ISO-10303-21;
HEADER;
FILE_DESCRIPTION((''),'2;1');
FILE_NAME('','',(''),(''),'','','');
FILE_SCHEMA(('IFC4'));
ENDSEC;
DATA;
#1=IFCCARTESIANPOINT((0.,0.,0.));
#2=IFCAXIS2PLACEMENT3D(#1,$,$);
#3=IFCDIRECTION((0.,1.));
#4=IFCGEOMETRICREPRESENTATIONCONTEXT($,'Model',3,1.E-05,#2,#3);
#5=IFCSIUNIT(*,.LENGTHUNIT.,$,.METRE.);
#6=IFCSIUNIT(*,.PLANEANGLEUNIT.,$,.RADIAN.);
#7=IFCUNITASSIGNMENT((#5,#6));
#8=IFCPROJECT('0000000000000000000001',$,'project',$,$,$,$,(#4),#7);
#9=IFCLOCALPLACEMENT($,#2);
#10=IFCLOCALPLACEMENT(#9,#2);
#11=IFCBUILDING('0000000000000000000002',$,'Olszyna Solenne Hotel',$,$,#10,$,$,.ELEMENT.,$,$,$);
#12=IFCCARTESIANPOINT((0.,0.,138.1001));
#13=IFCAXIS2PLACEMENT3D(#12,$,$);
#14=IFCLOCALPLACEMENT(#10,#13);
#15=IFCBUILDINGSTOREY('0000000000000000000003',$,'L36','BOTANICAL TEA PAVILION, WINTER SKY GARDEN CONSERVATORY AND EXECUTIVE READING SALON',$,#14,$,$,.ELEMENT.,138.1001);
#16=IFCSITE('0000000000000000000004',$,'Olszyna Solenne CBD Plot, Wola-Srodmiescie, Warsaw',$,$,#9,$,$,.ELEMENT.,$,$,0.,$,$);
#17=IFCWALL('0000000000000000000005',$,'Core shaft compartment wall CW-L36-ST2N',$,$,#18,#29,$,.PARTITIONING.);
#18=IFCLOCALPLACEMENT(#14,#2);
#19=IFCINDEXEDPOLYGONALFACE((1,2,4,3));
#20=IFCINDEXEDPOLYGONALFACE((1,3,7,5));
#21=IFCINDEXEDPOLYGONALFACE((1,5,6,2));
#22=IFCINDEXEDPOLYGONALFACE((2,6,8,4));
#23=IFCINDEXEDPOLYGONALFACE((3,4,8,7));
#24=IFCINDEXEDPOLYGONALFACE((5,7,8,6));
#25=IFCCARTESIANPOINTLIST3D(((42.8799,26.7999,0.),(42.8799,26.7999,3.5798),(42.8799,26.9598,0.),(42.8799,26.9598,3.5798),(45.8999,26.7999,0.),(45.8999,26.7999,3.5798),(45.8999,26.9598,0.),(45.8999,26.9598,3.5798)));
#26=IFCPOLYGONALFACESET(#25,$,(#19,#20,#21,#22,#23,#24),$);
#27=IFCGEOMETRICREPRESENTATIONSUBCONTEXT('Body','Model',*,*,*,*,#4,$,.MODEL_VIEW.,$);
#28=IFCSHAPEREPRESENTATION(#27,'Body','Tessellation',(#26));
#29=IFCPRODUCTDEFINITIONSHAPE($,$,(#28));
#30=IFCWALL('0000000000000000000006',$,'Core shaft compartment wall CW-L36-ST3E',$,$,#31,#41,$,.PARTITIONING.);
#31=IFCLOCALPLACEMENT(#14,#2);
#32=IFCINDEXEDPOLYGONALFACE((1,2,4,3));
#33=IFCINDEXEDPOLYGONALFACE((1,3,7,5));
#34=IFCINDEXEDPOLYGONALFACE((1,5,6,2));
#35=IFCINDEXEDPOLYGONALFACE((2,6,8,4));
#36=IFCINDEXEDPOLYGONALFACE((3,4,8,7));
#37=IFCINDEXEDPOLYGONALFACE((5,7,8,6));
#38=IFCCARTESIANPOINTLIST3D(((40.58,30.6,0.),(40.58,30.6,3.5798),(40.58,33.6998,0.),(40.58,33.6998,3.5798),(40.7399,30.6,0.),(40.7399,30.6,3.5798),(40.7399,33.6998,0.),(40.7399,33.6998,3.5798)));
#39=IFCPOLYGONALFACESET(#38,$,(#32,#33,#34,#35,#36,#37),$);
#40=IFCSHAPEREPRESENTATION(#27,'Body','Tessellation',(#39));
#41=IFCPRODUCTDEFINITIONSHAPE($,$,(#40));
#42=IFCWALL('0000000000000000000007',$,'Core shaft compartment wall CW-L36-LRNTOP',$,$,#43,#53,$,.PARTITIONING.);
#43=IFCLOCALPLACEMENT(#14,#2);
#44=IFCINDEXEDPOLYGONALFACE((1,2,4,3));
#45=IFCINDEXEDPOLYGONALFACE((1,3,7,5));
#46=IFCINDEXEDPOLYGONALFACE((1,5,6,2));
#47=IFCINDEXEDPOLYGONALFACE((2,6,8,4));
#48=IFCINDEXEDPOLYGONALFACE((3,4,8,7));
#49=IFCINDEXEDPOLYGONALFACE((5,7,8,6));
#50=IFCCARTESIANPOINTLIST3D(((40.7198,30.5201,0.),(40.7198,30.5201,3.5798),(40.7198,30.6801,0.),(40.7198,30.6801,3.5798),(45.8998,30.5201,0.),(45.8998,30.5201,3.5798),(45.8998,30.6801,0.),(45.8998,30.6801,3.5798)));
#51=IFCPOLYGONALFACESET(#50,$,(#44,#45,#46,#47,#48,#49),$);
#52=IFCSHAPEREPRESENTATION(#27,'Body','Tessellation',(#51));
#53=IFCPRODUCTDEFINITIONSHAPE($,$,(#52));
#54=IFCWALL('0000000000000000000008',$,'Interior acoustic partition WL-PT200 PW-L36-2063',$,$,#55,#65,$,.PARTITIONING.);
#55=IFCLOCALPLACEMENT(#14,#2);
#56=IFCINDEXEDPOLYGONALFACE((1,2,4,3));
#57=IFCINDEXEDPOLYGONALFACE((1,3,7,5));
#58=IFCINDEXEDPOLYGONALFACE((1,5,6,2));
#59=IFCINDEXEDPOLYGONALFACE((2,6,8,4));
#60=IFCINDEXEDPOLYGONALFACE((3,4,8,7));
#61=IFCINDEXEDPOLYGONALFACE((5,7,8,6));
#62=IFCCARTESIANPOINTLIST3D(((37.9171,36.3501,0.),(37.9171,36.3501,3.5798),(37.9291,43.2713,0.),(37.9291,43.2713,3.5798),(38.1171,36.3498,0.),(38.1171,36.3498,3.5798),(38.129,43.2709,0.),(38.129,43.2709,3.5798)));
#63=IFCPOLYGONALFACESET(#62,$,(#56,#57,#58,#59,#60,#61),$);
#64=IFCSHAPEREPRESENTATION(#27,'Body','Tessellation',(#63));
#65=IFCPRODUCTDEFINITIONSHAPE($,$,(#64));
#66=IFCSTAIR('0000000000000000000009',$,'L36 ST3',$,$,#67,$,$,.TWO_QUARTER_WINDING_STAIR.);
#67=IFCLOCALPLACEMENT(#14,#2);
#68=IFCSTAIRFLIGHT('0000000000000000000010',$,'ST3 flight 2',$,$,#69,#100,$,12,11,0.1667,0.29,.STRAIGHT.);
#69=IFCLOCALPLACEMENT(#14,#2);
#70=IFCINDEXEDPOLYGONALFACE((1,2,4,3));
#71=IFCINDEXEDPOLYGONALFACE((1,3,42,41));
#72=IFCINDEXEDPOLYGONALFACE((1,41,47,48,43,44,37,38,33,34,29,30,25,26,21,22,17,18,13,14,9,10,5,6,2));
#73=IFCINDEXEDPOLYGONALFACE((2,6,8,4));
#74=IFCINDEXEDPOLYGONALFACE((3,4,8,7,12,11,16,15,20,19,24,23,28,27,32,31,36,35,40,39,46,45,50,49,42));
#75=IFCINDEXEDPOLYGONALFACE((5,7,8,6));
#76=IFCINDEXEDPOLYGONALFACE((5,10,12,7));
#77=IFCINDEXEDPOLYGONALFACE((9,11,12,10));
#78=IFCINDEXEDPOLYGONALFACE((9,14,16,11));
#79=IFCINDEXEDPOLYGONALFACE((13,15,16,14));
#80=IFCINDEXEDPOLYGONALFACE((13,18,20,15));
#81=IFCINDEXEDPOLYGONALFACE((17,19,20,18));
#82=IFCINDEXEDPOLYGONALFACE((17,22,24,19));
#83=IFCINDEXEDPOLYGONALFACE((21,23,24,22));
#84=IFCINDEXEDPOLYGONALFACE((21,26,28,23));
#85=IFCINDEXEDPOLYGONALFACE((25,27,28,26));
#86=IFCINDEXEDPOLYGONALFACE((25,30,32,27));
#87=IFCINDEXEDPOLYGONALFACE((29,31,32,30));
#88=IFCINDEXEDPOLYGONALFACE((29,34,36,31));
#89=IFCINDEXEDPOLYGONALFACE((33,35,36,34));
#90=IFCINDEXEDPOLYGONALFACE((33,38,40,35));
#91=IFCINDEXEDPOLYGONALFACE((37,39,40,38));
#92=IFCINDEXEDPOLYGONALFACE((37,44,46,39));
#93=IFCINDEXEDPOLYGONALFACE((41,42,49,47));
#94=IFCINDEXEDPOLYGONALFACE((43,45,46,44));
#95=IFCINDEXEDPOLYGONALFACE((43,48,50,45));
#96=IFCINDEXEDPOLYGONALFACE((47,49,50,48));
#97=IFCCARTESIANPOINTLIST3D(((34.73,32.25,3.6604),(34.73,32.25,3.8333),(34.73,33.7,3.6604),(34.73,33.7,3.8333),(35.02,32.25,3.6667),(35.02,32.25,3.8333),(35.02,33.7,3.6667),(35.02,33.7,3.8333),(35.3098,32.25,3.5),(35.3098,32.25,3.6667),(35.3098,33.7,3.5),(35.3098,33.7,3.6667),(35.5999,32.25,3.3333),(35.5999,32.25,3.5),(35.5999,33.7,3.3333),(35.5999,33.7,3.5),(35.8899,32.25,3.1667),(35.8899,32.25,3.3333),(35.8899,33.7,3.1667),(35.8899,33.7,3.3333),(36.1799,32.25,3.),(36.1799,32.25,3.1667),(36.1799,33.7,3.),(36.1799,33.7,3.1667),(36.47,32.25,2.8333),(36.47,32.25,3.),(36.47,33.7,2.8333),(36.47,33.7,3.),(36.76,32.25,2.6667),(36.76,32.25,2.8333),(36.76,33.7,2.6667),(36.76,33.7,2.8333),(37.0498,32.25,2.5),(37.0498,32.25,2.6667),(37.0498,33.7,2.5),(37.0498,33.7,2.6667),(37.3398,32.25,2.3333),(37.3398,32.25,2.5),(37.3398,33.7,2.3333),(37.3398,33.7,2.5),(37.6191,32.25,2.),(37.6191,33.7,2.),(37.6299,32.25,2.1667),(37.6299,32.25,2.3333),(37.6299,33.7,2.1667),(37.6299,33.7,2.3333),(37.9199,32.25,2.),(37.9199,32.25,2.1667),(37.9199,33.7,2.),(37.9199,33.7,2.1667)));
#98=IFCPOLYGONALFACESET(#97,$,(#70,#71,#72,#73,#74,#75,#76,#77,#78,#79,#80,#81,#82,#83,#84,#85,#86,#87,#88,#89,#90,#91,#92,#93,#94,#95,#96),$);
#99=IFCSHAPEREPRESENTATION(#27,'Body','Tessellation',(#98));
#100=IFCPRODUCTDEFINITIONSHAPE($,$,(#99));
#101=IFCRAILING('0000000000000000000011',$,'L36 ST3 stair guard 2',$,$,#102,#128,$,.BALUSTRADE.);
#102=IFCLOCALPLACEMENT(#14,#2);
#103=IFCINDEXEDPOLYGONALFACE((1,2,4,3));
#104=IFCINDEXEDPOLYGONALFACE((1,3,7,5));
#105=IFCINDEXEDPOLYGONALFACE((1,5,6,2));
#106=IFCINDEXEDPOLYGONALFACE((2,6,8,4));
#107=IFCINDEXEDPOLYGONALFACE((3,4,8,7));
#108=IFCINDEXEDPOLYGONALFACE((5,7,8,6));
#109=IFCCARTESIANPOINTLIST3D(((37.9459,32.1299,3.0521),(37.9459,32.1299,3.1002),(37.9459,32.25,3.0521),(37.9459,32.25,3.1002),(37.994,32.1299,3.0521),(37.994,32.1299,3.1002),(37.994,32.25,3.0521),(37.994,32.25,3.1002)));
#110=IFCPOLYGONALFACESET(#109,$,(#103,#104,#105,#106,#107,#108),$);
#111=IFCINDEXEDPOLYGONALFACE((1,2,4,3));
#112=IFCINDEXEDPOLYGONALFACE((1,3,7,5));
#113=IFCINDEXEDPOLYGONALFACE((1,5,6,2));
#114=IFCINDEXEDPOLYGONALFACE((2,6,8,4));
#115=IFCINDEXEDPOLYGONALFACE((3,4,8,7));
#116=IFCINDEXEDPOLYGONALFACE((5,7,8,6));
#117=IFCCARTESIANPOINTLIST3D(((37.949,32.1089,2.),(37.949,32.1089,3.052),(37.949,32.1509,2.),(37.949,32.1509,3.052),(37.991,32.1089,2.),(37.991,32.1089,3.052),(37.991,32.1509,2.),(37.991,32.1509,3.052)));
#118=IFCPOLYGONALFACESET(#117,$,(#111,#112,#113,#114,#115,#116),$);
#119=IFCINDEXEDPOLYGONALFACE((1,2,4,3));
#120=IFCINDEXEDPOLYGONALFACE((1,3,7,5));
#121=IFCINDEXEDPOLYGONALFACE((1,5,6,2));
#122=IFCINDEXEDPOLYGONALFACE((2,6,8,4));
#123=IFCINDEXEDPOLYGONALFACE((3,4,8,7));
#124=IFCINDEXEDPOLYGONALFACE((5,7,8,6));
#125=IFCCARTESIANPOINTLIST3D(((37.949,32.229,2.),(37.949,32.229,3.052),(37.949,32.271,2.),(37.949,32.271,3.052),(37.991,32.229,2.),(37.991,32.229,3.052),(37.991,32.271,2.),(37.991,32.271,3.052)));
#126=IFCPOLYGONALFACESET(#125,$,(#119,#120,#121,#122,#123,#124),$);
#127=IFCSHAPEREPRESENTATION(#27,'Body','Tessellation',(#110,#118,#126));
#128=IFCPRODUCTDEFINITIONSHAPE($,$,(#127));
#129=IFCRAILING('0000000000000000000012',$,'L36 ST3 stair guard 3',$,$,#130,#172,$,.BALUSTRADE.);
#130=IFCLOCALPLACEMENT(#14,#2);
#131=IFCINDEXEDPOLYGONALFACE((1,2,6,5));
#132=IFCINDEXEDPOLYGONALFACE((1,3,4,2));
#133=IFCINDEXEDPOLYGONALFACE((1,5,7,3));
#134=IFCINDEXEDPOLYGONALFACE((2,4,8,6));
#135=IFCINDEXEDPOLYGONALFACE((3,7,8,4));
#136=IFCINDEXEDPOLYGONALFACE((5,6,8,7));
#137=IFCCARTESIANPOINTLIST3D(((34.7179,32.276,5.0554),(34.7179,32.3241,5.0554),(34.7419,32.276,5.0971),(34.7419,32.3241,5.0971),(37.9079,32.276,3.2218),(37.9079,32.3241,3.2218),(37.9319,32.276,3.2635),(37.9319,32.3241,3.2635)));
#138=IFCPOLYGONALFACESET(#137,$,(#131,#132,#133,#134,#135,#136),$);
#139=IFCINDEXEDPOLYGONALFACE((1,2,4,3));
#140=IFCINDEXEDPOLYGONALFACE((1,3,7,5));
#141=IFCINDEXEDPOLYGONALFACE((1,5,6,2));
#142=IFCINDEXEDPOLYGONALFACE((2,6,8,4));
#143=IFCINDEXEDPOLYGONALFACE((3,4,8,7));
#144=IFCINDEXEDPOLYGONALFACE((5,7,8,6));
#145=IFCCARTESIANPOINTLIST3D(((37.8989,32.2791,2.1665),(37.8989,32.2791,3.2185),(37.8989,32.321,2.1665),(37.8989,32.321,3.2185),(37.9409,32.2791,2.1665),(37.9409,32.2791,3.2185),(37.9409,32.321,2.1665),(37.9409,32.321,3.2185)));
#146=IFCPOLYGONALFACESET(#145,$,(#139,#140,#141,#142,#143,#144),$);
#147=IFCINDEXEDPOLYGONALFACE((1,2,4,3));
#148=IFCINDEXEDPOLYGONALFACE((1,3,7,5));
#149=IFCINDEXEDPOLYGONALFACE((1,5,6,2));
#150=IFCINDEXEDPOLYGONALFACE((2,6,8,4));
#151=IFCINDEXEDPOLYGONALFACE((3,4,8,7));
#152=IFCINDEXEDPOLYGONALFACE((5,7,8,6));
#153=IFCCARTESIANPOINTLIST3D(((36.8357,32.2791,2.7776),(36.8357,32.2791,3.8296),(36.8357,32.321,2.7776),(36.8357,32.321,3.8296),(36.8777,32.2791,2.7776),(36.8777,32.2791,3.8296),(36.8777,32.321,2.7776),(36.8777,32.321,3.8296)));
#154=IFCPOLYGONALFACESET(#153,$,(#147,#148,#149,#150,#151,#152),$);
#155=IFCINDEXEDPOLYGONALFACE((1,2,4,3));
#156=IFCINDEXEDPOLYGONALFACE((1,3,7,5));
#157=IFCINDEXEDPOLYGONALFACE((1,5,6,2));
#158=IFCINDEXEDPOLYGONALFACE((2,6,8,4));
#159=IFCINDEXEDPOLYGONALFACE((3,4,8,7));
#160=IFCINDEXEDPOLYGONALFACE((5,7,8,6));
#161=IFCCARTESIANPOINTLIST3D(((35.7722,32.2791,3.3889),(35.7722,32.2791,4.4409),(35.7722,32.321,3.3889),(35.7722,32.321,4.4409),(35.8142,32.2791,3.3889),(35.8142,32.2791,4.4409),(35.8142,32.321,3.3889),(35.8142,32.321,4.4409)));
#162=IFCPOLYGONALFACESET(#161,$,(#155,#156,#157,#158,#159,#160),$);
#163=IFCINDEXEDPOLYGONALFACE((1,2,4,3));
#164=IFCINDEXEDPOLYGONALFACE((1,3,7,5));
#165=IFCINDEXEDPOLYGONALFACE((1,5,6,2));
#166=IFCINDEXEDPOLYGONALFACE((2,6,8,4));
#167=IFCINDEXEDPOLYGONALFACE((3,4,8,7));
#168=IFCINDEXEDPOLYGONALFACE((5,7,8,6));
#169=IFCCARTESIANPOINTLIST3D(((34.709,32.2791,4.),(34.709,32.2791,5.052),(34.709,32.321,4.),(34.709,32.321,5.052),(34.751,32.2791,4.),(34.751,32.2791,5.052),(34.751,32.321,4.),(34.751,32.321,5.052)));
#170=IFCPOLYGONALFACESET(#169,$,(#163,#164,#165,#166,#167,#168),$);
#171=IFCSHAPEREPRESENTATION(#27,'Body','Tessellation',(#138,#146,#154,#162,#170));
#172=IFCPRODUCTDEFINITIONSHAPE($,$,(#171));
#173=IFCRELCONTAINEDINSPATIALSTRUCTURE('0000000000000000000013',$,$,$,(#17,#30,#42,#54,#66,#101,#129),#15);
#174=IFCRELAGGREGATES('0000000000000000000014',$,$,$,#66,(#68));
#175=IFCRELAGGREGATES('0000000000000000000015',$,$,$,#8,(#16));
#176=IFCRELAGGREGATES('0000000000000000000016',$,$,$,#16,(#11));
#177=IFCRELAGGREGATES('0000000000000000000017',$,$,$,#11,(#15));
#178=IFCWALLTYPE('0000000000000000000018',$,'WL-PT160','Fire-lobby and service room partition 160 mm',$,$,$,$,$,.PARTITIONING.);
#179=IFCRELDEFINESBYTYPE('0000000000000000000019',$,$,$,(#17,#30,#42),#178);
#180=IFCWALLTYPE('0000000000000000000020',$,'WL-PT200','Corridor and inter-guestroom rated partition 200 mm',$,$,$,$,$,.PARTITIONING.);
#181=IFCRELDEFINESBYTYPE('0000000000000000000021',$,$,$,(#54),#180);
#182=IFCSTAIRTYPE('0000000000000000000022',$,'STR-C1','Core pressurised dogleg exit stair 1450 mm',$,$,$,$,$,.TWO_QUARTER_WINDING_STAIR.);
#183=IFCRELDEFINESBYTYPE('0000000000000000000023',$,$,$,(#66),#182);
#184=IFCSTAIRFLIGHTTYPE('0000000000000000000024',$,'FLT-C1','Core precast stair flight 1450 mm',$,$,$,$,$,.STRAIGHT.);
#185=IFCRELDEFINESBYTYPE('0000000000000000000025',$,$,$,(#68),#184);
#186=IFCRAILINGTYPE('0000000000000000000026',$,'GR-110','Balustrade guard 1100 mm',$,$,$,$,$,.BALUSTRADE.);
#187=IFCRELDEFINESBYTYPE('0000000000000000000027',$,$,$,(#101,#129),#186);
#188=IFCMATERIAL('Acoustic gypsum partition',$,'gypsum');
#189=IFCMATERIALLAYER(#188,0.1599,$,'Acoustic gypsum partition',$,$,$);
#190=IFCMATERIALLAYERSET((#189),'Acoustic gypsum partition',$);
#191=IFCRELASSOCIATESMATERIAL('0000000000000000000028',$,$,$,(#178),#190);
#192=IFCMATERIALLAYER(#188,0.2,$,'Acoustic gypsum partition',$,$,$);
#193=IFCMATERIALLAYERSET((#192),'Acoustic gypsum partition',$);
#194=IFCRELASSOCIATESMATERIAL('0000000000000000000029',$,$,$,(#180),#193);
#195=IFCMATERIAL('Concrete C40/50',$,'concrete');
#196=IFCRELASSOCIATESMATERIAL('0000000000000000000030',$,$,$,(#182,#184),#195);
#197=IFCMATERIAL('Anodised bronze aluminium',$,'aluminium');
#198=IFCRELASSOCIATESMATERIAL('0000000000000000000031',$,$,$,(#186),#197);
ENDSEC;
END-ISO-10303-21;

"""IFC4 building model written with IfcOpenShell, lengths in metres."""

from ifc_helpers import new_model, si_unit, direction, frame, frame_2d, origin, origin_2d, place, context, subcontext, project, spatial, polyline, rectangle, outline, extrude, material, layer, layer_set, type_object, element, aggregate, save


model = new_model("IFC4")

# Units and contexts
model_context = context("Model", 3, precision=1e-05, world=origin(), true_north=direction((0.0, 1.0)))
body_context = subcontext(model_context, "Body", "Model", "MODEL_VIEW")
ifc_project = project(units=[si_unit("LENGTHUNIT", "METRE"), si_unit("PLANEANGLEUNIT", "RADIAN")], contexts=[model_context])

# Site, building, storey
site_placement = place(None, origin())
site = spatial("IfcSite", under=ifc_project, at=site_placement, Name="Olszyna Solenne CBD Plot, Wola-Srodmiescie, Warsaw", CompositionType="ELEMENT", RefElevation=0.0)
building_placement = place(site_placement, origin())
building = spatial("IfcBuilding", under=site, at=building_placement, Name="Olszyna Solenne Hotel", CompositionType="ELEMENT")
storey_placement = place(building_placement, frame((0.0, 0.0, 138.1001)))
storey = spatial("IfcBuildingStorey", under=building, at=storey_placement, Name="L36", Description="BOTANICAL TEA PAVILION, WINTER SKY GARDEN CONSERVATORY AND EXECUTIVE READING SALON", CompositionType="ELEMENT", Elevation=138.1001)

# Shared definitions
ifc_material_1 = material(Name="Acoustic gypsum partition", Category="gypsum")

# Shared definitions
ifc_layer_1 = layer(ifc_material_1, 0.1599, Name="Acoustic gypsum partition")
ifc_layer_set_1 = layer_set([ifc_layer_1], Name="Acoustic gypsum partition")
wall_type_1 = type_object("IfcWallType", Name="WL-PT160", Description="Fire-lobby and service room partition 160 mm", PredefinedType="PARTITIONING", material=ifc_layer_set_1)

# Walls
wall_1_placement = place(storey_placement, frame((42.8799, 26.8799, 0.0), z_axis=(0.0, 0.0, 1.0), x_axis=(1.0, 0.0, 0.0)))
element("IfcWall", 1, at=wall_1_placement, inside=storey, type_object=wall_type_1, Name="Core shaft compartment wall CW-L36-ST2N", PredefinedType="PARTITIONING", context=body_context, shape_type="SweptSolid", body=[
    extrude(rectangle(XDim=3.02, YDim=0.1599, at=frame_2d((1.51, 0.0))), origin(), (0.0, 0.0, 1.0), 3.5798),
])
wall_2_placement = place(storey_placement, frame((40.6599, 30.6001, 0.0), z_axis=(0.0, 0.0, 1.0), x_axis=(0.0, 1.0, 0.0)))
element("IfcWall", 2, at=wall_2_placement, inside=storey, type_object=wall_type_1, Name="Core shaft compartment wall CW-L36-ST3E", PredefinedType="PARTITIONING", context=body_context, shape_type="SweptSolid", body=[
    extrude(rectangle(XDim=3.0999, YDim=0.1599, at=frame_2d((1.5498, 0.0))), origin(), (0.0, 0.0, 1.0), 3.5798),
])
wall_3_placement = place(storey_placement, frame((40.72, 30.6001, 0.0), z_axis=(0.0, 0.0, 1.0), x_axis=(1.0, 0.0, 0.0)))
element("IfcWall", 3, at=wall_3_placement, inside=storey, type_object=wall_type_1, Name="Core shaft compartment wall CW-L36-LRNTOP", PredefinedType="PARTITIONING", context=body_context, shape_type="SweptSolid", body=[
    extrude(rectangle(XDim=5.1799, YDim=0.1599, at=frame_2d((2.5898, 0.0))), origin(), (0.0, 0.0, 1.0), 3.5798),
])
ifc_layer_2 = layer(ifc_material_1, 0.2, Name="Acoustic gypsum partition")
ifc_layer_set_2 = layer_set([ifc_layer_2], Name="Acoustic gypsum partition")
wall_type_2 = type_object("IfcWallType", Name="WL-PT200", Description="Corridor and inter-guestroom rated partition 200 mm", PredefinedType="PARTITIONING", material=ifc_layer_set_2)
wall_4_placement = place(storey_placement, frame((38.0171, 36.3501, 0.0), z_axis=(0.0, 0.0, 1.0), x_axis=(0.001728, 0.999999, 0.0)))
element("IfcWall", 4, at=wall_4_placement, inside=storey, type_object=wall_type_2, Name="Interior acoustic partition WL-PT200 PW-L36-2063", PredefinedType="PARTITIONING", context=body_context, shape_type="SweptSolid", body=[
    extrude(rectangle(XDim=6.9211, YDim=0.2, at=frame_2d((3.4604, 0.0))), origin(), (0.0, 0.0, 1.0), 3.5798),
])

# Stair, stair flight
ifc_material_2 = material(Name="Concrete C40/50", Category="concrete")
stair_type = type_object("IfcStairType", Name="STR-C1", Description="Core pressurised dogleg exit stair 1450 mm", PredefinedType="TWO_QUARTER_WINDING_STAIR", material=ifc_material_2)
stair_placement = place(storey_placement, origin())
stair = element("IfcStair", 5, at=stair_placement, inside=storey, type_object=stair_type, Name="L36 ST3", PredefinedType="TWO_QUARTER_WINDING_STAIR")
stair_flight_type = type_object("IfcStairFlightType", Name="FLT-C1", Description="Core precast stair flight 1450 mm", PredefinedType="STRAIGHT", material=ifc_material_2)
stair_flight_placement = place(storey_placement, frame((37.9199, 32.9751, 2.0), z_axis=(0.0, 0.0, 1.0), x_axis=(-1.0, 0.0, 0.0)))
stair_flight = element("IfcStairFlight", 6, at=stair_flight_placement, type_object=stair_flight_type, Name="ST3 flight 2", NumberOfRisers=12, NumberOfTreads=11, PredefinedType="STRAIGHT", RiserHeight=0.1667, TreadLength=0.29, context=body_context, shape_type="SweptSolid", body=[
    extrude(outline(polyline([(0.0, 0.0), (0.0, 0.1667), (0.29, 0.1667), (0.29, 0.3333), (0.5801, 0.3333), (0.5801, 0.5), (0.8701, 0.5), (0.8701, 0.6667), (1.1599, 0.6667), (1.1599, 0.8333), (1.45, 0.8333), (1.45, 1.0), (1.74, 1.0), (1.74, 1.1667), (2.03, 1.1667), (2.03, 1.3333), (2.3201, 1.3333), (2.3201, 1.5), (2.6101, 1.5), (2.6101, 1.6667), (2.8999, 1.6667), (2.8999, 1.8333), (3.1899, 1.8333), (3.1899, 2.0), (3.1899, 1.6604), (0.3008, 0.0), (0.0, 0.0)])), frame((0.0, 0.7251, 0.0), z_axis=(0.0, -1.0, 0.0), x_axis=(1.0, 0.0, 0.0)), (0.0, 0.0, 1.0), 1.45),
])
aggregate(stair, [stair_flight])

# Railings
ifc_material_3 = material(Name="Anodised bronze aluminium", Category="aluminium")
railing_type_1 = type_object("IfcRailingType", Name="GR-110", Description="Balustrade guard 1100 mm", PredefinedType="BALUSTRADE", material=ifc_material_3)
railing_1_placement = place(storey_placement, frame((37.97, 32.1299, 2.0)))
element("IfcRailing", 7, at=railing_1_placement, inside=storey, type_object=railing_type_1, Name="L36 ST3 stair guard 2", PredefinedType="BALUSTRADE", context=body_context, shape_type="SweptSolid", body=[
    extrude(rectangle(XDim=0.0481, YDim=0.0481, at=origin_2d()), frame((0.0, 0.0, 1.0762), z_axis=(0.0, 1.0, 0.0), x_axis=(-1.0, 0.0, 0.0)), (0.0, 0.0, 1.0), 0.1201),
    extrude(rectangle(XDim=0.042, YDim=0.042, at=origin_2d()), origin(), (0.0, 0.0, 1.0), 1.052),
    extrude(rectangle(XDim=0.042, YDim=0.042, at=origin_2d()), frame((0.0, 0.1201, 0.0)), (0.0, 0.0, 1.0), 1.052),
])
railing_2_placement = place(storey_placement, frame((37.9199, 32.3, 2.1665)))
element("IfcRailing", 8, at=railing_2_placement, inside=storey, type_object=railing_type_1, Name="L36 ST3 stair guard 3", PredefinedType="BALUSTRADE", context=body_context, shape_type="SweptSolid", body=[
    extrude(rectangle(XDim=0.0481, YDim=0.0481, at=origin_2d()), frame((0.0, 0.0, 1.0762), z_axis=(-0.866991, 0.0, 0.498324), x_axis=(0.0, -1.0, 0.0)), (0.0, 0.0, 1.0), 3.6794),
    extrude(rectangle(XDim=0.042, YDim=0.042, at=origin_2d()), origin(), (0.0, 0.0, 1.0), 1.052),
    extrude(rectangle(XDim=0.042, YDim=0.042, at=origin_2d()), frame((-1.0632, 0.0, 0.6111)), (0.0, 0.0, 1.0), 1.052),
    extrude(rectangle(XDim=0.042, YDim=0.042, at=origin_2d()), frame((-2.1267, 0.0, 1.2224)), (0.0, 0.0, 1.0), 1.052),
    extrude(rectangle(XDim=0.042, YDim=0.042, at=origin_2d()), frame((-3.1899, 0.0, 1.8335)), (0.0, 0.0, 1.0), 1.052),
])

save(model, "model.ifc")
